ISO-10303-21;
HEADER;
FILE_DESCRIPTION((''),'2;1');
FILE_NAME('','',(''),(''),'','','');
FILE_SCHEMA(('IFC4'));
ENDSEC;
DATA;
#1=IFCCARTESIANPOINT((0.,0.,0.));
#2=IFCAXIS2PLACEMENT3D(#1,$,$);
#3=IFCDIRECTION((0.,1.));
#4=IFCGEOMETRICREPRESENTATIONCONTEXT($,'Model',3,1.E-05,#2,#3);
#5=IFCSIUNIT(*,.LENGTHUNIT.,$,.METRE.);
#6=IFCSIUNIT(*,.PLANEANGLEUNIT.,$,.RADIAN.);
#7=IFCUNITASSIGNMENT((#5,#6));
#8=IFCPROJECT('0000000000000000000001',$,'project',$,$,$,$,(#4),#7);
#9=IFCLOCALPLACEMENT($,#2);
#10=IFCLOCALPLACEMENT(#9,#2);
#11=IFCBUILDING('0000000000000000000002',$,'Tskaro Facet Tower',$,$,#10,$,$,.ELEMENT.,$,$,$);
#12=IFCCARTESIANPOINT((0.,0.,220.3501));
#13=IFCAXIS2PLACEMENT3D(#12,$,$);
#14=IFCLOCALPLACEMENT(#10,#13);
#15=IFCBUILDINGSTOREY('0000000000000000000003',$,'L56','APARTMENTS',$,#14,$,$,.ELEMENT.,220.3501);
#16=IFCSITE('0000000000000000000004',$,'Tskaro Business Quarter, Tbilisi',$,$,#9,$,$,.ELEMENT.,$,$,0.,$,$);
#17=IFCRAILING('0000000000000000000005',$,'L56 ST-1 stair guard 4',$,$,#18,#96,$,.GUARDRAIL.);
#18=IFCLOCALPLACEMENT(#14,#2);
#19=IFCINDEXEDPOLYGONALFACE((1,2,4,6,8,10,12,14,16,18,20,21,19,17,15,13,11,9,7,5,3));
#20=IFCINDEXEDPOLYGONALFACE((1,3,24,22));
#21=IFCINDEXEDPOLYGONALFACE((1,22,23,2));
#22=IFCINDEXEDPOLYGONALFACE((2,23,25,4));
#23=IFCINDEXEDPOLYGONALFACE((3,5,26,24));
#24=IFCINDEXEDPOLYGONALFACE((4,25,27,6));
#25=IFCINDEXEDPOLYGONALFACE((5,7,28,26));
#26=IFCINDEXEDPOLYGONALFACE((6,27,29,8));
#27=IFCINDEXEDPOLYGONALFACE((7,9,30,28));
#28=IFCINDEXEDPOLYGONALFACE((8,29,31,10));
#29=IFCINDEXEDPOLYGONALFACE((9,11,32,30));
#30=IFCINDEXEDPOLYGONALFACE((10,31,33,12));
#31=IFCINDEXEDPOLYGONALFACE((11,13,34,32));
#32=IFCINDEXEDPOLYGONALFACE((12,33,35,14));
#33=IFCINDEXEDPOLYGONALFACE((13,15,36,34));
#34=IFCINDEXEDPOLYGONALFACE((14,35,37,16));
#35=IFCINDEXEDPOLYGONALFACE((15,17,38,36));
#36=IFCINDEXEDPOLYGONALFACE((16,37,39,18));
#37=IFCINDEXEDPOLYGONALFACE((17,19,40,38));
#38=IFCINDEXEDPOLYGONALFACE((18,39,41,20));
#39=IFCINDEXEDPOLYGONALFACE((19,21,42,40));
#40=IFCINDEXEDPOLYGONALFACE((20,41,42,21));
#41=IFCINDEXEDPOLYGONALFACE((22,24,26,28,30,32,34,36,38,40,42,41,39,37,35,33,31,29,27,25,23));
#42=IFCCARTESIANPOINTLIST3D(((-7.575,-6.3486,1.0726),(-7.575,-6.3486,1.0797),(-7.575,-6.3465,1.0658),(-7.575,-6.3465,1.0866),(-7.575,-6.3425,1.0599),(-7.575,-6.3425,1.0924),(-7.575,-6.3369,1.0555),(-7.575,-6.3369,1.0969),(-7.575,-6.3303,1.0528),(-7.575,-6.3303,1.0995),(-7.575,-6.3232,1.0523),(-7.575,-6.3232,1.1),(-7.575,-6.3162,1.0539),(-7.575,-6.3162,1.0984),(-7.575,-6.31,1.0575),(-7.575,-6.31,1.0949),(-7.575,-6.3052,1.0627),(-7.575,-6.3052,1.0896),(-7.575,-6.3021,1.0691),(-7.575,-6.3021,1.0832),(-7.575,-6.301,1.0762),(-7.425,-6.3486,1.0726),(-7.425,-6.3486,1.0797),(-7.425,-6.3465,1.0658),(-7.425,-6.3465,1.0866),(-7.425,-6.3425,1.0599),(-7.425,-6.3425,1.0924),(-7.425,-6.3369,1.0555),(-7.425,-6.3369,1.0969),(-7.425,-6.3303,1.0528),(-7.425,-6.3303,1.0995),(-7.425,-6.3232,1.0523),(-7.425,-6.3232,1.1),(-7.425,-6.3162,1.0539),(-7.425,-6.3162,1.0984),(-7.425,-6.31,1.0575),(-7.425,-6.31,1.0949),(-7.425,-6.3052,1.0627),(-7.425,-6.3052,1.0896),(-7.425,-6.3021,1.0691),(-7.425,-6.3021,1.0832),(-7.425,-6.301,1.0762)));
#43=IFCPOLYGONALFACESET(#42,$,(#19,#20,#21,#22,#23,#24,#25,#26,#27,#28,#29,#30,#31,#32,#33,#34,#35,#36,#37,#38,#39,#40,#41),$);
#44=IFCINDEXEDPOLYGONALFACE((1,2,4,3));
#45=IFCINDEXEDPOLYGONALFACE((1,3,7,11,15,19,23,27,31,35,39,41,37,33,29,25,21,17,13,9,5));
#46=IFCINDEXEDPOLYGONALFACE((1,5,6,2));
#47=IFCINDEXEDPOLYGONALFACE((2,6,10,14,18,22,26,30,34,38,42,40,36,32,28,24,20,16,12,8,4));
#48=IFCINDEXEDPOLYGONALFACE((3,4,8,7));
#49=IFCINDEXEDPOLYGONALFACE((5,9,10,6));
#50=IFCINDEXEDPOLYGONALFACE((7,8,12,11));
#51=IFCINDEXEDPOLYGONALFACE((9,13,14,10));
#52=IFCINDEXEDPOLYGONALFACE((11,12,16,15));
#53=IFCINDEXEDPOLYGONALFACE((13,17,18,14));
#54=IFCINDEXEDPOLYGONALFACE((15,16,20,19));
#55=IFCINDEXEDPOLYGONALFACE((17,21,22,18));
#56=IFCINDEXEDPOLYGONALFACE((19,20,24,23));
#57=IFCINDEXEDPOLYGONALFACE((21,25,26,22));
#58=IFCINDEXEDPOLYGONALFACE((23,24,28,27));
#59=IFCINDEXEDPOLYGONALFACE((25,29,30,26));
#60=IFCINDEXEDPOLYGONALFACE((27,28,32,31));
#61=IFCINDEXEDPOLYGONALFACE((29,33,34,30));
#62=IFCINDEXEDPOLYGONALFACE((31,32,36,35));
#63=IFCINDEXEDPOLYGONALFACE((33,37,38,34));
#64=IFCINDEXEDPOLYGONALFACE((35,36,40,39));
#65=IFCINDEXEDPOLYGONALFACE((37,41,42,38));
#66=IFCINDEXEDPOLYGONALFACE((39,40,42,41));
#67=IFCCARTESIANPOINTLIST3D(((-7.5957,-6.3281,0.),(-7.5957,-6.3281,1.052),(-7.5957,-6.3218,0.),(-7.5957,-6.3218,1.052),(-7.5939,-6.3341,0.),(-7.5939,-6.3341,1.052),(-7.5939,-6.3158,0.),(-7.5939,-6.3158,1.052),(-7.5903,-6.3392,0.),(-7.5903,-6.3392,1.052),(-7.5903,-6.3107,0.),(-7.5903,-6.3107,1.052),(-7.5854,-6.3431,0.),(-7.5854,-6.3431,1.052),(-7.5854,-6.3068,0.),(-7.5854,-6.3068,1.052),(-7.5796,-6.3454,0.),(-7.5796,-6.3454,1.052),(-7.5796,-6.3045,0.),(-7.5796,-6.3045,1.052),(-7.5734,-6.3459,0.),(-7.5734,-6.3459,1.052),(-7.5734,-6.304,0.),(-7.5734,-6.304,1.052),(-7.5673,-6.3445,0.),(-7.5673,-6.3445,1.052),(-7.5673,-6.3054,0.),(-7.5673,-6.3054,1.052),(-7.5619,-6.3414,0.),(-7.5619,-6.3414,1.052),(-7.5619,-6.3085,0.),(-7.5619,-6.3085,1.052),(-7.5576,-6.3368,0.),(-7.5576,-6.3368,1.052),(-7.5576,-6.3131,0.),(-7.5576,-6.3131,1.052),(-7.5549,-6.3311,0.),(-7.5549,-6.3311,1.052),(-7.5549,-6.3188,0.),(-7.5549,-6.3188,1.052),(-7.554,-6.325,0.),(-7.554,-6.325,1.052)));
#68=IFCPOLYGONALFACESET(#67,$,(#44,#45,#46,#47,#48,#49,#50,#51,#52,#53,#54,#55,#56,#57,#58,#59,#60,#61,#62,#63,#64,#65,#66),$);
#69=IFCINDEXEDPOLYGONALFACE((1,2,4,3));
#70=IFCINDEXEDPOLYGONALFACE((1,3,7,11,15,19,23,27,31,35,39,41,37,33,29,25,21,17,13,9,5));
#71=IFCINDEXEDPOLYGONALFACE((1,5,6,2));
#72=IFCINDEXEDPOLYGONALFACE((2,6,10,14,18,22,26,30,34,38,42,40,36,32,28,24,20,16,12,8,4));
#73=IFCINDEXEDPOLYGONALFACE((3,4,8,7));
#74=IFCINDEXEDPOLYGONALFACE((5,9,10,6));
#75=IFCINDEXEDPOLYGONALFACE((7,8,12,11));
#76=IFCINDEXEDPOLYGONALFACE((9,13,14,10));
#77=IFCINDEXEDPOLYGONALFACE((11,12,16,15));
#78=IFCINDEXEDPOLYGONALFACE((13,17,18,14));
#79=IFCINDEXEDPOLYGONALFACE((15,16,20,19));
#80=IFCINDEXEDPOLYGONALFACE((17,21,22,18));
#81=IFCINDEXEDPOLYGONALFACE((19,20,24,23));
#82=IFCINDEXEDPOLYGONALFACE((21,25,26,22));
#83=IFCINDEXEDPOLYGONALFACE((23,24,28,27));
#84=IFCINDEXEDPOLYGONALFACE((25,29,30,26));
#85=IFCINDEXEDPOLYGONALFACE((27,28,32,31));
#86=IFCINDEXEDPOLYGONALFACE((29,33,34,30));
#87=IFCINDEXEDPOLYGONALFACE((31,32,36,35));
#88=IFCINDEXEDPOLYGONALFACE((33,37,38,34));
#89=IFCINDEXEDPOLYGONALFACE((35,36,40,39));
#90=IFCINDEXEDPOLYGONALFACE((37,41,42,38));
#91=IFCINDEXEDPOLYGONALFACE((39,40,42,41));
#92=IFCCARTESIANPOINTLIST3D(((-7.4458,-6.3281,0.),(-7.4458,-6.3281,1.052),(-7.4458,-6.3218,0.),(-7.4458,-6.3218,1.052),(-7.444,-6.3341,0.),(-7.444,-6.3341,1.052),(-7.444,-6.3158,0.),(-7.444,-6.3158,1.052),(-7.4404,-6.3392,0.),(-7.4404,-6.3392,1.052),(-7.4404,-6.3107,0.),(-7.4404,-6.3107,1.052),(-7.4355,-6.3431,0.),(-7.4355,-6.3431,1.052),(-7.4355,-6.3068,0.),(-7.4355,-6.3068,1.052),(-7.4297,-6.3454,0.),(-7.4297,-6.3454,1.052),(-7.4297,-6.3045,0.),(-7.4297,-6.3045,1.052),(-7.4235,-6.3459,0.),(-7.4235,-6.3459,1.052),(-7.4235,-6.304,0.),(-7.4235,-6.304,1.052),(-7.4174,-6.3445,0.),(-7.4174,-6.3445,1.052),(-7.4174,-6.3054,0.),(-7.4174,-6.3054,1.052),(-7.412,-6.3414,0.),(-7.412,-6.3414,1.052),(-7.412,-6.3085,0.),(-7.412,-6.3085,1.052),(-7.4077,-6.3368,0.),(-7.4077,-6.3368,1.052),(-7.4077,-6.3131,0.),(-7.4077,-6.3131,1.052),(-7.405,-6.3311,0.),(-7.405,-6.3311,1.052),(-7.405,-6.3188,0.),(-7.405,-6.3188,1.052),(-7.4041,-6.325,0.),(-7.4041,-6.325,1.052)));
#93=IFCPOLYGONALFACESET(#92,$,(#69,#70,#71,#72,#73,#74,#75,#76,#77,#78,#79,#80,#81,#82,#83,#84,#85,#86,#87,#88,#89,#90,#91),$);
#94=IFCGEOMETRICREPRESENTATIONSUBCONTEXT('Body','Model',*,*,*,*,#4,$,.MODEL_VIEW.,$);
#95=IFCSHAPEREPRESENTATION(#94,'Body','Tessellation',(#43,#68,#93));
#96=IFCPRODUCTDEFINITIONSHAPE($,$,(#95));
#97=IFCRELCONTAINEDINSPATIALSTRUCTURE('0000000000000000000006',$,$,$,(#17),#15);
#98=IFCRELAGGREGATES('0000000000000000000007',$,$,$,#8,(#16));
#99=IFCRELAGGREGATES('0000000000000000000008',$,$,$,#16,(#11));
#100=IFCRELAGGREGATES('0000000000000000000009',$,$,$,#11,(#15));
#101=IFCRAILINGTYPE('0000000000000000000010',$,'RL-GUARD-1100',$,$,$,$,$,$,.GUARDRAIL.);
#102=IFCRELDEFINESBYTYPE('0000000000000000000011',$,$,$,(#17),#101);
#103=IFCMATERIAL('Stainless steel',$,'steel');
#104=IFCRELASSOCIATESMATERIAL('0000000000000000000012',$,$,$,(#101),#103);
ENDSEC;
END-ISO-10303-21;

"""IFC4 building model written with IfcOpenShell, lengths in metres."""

from ifc_helpers import new_model, si_unit, direction, frame, origin, origin_2d, place, context, subcontext, project, spatial, circle, extrude, material, type_object, element, save


model = new_model("IFC4")

# Units and contexts
model_context = context("Model", 3, precision=1e-05, world=origin(), true_north=direction((0.0, 1.0)))
body_context = subcontext(model_context, "Body", "Model", "MODEL_VIEW")
ifc_project = project(units=[si_unit("LENGTHUNIT", "METRE"), si_unit("PLANEANGLEUNIT", "RADIAN")], contexts=[model_context])

# Site, building, storey
site_placement = place(None, origin())
site = spatial("IfcSite", under=ifc_project, at=site_placement, Name="Tskaro Business Quarter, Tbilisi", CompositionType="ELEMENT", RefElevation=0.0)
building_placement = place(site_placement, origin())
building = spatial("IfcBuilding", under=site, at=building_placement, Name="Tskaro Facet Tower", CompositionType="ELEMENT")
storey_placement = place(building_placement, frame((0.0, 0.0, 220.3501)))
storey = spatial("IfcBuildingStorey", under=building, at=storey_placement, Name="L56", Description="APARTMENTS", CompositionType="ELEMENT", Elevation=220.3501)

# Shared definitions
ifc_material_1 = material(Name="Stainless steel", Category="steel")

# Railing
railing_type_1 = type_object("IfcRailingType", Name="RL-GUARD-1100", PredefinedType="GUARDRAIL", material=ifc_material_1)
railing_1_placement = place(storey_placement, frame((-7.575, -6.325, 0.0)))
element("IfcRailing", 1, at=railing_1_placement, inside=storey, type_object=railing_type_1, Name="L56 ST-1 stair guard 4", PredefinedType="GUARDRAIL", context=body_context, shape_type="SweptSolid", body=[
    extrude(circle(Radius=0.0239, at=origin_2d()), frame((0.0, 0.0, 1.0762), z_axis=(1.0, 0.0, 0.0), x_axis=(0.0, 1.0, 0.0)), (0.0, 0.0, 1.0), 0.1499),
    extrude(circle(Radius=0.021, at=origin_2d()), origin(), (0.0, 0.0, 1.0), 1.052),
    extrude(circle(Radius=0.021, at=origin_2d()), frame((0.1499, 0.0, 0.0)), (0.0, 0.0, 1.0), 1.052),
])

save(model, "model.ifc")
